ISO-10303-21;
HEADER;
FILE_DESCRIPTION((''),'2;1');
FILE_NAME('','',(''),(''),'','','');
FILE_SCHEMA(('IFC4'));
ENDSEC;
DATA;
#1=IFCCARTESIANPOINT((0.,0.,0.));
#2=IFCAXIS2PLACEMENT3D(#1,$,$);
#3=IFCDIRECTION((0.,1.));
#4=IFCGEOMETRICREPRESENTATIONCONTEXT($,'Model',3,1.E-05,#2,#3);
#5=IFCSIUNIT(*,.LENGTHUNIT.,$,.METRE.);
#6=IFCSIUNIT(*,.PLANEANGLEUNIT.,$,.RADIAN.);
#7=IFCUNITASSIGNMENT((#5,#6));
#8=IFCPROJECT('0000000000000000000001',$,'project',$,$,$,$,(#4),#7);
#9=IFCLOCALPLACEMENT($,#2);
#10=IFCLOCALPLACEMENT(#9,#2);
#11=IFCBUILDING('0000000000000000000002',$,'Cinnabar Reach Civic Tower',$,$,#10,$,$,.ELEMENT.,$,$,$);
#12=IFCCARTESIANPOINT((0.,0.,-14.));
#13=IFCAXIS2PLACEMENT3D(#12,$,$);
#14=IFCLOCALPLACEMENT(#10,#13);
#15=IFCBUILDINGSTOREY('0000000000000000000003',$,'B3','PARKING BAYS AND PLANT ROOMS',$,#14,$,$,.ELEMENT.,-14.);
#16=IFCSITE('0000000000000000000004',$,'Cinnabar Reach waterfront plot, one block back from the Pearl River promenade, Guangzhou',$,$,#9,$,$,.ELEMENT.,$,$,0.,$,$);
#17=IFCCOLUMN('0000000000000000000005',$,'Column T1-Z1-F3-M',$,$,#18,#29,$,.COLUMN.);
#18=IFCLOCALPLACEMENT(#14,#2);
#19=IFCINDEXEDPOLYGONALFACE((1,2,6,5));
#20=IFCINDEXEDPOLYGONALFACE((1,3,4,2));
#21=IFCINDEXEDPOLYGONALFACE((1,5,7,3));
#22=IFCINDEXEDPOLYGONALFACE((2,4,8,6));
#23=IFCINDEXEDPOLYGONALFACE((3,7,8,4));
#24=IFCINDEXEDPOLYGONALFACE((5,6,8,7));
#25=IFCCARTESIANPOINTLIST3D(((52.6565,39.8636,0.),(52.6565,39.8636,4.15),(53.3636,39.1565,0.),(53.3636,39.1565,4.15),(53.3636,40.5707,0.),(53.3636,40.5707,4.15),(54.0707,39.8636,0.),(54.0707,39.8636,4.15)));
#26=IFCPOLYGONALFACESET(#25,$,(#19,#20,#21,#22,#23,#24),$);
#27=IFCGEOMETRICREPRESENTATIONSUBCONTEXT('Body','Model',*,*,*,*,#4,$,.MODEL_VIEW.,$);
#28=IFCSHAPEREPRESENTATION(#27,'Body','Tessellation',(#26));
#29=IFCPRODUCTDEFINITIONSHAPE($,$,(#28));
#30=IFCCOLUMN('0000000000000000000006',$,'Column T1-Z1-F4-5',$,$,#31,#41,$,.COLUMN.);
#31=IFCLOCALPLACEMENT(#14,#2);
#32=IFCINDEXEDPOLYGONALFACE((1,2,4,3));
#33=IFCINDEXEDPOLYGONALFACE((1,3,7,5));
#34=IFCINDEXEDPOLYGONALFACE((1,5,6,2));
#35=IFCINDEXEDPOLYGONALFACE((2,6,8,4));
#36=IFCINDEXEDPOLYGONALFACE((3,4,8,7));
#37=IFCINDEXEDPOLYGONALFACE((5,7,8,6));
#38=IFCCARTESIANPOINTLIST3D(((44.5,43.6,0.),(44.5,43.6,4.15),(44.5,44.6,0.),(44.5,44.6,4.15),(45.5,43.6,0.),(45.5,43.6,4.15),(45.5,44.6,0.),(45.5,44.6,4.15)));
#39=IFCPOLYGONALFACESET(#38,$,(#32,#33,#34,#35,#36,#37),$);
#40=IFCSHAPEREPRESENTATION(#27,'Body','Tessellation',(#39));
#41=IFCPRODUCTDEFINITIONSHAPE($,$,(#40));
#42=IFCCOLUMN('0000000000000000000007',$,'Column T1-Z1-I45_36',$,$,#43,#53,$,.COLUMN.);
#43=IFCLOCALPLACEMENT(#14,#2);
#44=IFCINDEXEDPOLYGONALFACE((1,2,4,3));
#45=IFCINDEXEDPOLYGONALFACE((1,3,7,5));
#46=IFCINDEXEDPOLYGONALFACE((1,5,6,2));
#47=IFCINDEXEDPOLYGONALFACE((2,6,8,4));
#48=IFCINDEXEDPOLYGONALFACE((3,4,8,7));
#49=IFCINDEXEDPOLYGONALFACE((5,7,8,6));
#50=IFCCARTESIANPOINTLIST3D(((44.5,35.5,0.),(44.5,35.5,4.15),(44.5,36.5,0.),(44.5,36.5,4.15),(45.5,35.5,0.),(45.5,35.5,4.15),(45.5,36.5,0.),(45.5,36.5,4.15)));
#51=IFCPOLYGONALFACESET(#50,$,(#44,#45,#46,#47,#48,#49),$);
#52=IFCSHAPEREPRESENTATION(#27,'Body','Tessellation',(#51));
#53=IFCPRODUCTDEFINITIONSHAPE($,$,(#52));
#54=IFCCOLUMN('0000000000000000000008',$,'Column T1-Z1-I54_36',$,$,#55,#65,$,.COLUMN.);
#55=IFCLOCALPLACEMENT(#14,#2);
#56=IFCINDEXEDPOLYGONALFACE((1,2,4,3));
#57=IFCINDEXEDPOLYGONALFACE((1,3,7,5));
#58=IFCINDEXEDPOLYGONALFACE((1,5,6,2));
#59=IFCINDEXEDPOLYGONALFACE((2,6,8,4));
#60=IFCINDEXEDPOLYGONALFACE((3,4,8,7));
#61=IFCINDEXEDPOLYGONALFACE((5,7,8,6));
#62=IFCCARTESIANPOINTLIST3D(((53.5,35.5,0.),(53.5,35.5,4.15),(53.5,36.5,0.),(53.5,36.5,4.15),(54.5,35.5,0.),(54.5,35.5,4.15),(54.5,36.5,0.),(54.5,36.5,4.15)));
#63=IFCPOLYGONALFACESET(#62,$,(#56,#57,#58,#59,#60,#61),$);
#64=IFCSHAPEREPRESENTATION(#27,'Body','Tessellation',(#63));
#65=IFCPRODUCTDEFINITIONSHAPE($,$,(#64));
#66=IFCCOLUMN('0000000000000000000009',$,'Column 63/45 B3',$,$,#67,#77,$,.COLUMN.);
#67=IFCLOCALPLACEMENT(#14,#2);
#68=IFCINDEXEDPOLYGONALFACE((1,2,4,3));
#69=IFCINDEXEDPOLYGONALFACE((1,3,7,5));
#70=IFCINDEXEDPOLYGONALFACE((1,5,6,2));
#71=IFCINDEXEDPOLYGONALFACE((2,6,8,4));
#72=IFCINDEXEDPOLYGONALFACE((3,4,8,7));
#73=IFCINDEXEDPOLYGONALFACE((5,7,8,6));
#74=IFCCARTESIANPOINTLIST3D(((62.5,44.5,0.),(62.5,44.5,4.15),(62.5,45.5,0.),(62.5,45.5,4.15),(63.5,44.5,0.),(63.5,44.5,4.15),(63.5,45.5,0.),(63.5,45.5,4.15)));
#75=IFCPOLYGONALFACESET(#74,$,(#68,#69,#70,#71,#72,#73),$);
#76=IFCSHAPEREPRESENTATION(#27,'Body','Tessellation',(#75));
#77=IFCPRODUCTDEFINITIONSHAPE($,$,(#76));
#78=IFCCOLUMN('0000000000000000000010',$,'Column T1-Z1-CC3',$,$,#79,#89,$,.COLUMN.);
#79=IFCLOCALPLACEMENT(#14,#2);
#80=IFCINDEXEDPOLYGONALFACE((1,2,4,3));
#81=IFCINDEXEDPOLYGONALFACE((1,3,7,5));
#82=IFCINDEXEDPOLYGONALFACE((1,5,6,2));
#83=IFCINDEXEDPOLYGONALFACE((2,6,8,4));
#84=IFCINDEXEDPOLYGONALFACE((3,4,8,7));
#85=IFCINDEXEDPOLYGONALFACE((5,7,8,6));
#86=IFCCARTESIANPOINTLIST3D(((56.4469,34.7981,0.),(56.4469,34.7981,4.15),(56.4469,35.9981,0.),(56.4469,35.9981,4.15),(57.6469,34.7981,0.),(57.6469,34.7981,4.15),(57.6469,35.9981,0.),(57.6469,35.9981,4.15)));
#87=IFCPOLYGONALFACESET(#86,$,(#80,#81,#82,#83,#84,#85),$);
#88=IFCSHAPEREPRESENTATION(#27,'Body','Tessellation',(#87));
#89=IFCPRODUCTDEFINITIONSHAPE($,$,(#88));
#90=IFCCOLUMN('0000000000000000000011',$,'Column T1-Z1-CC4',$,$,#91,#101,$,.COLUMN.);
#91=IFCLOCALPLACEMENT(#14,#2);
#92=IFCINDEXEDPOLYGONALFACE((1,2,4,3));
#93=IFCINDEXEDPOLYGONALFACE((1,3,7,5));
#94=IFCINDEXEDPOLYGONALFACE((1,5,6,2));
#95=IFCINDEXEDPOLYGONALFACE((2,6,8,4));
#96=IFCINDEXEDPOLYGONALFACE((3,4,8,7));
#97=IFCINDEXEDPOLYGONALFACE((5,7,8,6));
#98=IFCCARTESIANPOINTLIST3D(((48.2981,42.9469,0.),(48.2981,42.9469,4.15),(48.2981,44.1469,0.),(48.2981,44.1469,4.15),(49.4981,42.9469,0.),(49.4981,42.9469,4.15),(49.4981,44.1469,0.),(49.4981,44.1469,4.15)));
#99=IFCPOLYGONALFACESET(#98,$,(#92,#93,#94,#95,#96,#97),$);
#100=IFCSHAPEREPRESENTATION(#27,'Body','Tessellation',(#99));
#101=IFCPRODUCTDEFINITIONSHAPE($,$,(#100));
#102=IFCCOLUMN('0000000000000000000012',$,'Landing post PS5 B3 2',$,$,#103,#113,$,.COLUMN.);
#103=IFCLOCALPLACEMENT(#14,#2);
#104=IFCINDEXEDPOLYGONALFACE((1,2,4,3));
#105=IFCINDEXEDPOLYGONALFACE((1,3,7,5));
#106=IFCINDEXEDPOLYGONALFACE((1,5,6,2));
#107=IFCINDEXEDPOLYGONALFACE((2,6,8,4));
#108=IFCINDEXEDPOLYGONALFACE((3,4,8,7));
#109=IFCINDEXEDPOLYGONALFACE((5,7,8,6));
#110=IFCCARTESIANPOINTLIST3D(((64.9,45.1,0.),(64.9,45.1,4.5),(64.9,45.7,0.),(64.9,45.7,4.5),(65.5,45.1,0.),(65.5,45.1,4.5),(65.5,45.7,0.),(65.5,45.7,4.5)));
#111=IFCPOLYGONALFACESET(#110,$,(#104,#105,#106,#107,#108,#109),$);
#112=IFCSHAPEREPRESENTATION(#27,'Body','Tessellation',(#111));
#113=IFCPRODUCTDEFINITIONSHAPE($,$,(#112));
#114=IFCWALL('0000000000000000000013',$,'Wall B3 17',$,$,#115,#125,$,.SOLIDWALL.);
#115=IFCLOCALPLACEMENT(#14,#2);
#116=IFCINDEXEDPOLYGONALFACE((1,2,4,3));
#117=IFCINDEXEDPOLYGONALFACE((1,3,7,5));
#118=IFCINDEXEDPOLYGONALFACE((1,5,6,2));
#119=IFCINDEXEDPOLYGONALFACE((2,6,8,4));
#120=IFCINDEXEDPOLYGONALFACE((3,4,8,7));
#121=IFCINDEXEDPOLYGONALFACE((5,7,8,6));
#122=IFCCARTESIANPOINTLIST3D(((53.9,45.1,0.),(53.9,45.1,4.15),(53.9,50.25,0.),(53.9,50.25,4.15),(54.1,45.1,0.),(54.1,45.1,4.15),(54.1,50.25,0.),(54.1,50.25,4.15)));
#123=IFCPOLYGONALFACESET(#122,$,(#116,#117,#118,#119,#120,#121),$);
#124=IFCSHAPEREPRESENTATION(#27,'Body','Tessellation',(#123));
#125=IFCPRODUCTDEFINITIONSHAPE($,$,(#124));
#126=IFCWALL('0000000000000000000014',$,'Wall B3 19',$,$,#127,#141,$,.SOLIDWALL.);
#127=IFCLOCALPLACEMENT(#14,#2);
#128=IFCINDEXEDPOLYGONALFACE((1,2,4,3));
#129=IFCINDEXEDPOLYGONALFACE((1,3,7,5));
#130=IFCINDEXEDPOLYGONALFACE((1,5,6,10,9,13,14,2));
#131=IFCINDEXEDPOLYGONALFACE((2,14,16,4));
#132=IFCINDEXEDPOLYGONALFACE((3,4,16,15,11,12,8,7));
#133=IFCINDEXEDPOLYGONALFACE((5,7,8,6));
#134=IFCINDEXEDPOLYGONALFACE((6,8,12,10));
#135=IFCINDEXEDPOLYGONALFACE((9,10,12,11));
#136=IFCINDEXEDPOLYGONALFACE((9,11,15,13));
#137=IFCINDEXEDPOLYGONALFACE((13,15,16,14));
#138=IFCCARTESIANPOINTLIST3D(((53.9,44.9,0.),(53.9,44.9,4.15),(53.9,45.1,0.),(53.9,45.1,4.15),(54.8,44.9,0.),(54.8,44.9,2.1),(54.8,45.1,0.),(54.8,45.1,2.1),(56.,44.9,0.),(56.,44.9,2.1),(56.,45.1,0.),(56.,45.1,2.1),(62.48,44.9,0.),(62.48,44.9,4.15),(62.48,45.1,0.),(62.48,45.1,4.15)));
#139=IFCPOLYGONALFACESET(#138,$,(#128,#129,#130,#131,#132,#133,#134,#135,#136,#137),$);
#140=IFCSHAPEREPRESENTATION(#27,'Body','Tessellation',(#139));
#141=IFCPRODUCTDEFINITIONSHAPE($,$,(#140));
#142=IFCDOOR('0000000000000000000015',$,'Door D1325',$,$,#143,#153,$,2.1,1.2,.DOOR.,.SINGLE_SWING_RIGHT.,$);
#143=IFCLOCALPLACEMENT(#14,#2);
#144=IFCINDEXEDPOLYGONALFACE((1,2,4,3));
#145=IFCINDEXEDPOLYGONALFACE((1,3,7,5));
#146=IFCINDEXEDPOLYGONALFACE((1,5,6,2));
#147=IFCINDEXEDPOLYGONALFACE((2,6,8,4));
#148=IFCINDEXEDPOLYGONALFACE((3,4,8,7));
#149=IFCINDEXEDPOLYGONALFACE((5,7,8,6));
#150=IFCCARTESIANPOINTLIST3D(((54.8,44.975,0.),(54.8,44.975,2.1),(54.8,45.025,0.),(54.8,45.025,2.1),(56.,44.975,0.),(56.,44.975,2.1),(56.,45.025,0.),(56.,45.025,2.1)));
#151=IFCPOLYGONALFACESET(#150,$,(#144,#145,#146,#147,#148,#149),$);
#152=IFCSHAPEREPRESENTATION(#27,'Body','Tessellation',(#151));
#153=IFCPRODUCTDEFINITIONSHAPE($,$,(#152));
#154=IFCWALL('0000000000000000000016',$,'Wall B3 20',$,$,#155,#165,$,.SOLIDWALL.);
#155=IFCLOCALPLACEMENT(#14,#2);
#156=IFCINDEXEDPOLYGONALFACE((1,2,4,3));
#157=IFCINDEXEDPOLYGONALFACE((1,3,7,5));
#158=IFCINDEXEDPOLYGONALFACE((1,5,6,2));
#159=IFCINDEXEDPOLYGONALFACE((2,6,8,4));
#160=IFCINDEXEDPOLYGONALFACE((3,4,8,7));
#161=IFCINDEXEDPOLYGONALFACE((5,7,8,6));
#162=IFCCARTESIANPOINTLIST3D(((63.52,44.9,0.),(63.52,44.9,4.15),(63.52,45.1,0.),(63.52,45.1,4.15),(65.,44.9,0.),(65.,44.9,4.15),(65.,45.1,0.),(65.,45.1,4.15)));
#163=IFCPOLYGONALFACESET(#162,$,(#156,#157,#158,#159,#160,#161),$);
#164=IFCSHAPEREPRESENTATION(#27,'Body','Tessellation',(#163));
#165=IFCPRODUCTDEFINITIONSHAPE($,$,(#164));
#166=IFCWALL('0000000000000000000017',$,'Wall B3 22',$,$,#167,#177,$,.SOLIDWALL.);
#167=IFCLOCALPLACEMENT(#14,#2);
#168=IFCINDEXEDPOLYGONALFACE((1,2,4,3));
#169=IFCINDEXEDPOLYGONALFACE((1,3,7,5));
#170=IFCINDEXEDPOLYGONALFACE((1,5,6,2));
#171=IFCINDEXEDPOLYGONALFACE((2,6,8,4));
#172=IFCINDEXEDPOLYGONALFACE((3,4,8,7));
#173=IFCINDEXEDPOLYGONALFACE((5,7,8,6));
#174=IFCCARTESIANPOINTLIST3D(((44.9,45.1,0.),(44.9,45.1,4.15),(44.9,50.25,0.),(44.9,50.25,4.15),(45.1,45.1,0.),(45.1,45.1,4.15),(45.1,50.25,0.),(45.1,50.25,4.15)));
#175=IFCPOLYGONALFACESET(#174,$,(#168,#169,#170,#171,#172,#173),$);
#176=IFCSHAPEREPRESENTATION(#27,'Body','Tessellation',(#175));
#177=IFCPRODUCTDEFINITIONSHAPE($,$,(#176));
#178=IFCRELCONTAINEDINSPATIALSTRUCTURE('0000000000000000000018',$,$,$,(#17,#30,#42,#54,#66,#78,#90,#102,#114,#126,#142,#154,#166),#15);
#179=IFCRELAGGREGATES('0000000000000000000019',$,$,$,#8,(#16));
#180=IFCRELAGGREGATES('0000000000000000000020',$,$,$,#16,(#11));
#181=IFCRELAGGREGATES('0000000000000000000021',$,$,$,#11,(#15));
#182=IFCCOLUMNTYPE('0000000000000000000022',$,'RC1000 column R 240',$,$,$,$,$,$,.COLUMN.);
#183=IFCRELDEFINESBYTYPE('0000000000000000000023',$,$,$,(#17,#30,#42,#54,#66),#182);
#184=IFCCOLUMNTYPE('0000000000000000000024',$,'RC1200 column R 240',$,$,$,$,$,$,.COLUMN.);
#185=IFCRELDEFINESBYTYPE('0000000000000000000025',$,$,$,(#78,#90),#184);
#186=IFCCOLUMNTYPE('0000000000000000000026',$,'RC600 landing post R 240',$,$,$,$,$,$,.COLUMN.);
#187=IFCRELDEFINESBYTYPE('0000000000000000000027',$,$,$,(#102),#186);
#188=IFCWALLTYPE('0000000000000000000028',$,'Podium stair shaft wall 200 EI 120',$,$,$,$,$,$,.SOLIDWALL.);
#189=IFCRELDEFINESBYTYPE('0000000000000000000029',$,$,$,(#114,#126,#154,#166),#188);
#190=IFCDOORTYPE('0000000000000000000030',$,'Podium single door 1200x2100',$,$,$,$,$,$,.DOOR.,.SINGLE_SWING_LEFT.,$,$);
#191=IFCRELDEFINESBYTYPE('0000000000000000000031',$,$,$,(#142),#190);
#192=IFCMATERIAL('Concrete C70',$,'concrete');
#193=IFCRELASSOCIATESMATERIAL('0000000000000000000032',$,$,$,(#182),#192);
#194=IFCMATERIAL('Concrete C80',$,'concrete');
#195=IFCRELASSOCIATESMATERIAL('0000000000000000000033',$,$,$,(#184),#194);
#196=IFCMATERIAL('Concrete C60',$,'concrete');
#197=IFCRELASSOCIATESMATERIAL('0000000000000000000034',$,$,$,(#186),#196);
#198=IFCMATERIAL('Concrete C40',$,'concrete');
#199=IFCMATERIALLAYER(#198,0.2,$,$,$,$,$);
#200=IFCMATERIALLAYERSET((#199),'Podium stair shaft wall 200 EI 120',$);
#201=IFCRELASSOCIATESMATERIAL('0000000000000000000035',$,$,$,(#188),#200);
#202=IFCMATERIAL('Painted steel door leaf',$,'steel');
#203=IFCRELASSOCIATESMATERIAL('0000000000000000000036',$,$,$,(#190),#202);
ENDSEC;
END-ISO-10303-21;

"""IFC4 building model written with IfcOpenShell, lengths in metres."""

from ifc_helpers import new_model, si_unit, direction, frame, frame_2d, origin, origin_2d, place, context, subcontext, project, spatial, rectangle, extrude, material, layer, layer_set, material_profile, profile_set, type_object, element, fill, save


model = new_model("IFC4")

# Units and contexts
model_context = context("Model", 3, precision=1e-05, world=origin(), true_north=direction((0.0, 1.0)))
body_context = subcontext(model_context, "Body", "Model", "MODEL_VIEW")
ifc_project = project(units=[si_unit("LENGTHUNIT", "METRE"), si_unit("PLANEANGLEUNIT", "RADIAN")], contexts=[model_context])

# Site, building, storey
site_placement = place(None, origin())
site = spatial("IfcSite", under=ifc_project, at=site_placement, Name="Cinnabar Reach waterfront plot, one block back from the Pearl River promenade, Guangzhou", CompositionType="ELEMENT", RefElevation=0.0)
building_placement = place(site_placement, origin())
building = spatial("IfcBuilding", under=site, at=building_placement, Name="Cinnabar Reach Civic Tower", CompositionType="ELEMENT")
storey_placement = place(building_placement, frame((0.0, 0.0, -14.0)))
storey = spatial("IfcBuildingStorey", under=building, at=storey_placement, Name="B3", Description="PARKING BAYS AND PLANT ROOMS", CompositionType="ELEMENT", Elevation=-14.0)

# Shared definitions
ifc_material_1 = material(Name="Concrete C40", Category="concrete")

# Columns
ifc_material_2 = material(Name="Concrete C70", Category="concrete")
ifc_material_profile_1 = material_profile(ifc_material_2, rectangle(XDim=1.0, YDim=1.0, at=origin_2d()), Name="RC1000")
ifc_profile_set_1 = profile_set([ifc_material_profile_1], Name="Concrete C70")
column_type_1 = type_object("IfcColumnType", Name="RC1000 column R 240", PredefinedType="COLUMN", material=ifc_profile_set_1)
for number, where, z_axis, x_axis, name in (
    (1, (53.3636, 39.8636, 0.0), (0.0, 0.0, 1.0), (0.707107, 0.707107, 0.0), "Column T1-Z1-F3-M"),
    (2, (45.0, 44.1, 0.0), (0.0, 0.0, 1.0), (1.0, 0.0, 0.0), "Column T1-Z1-F4-5"),
    (3, (45.0, 36.0, 0.0), (0.0, 0.0, 1.0), (1.0, 0.0, 0.0), "Column T1-Z1-I45_36"),
    (4, (54.0, 36.0, 0.0), (0.0, 0.0, 1.0), (1.0, 0.0, 0.0), "Column T1-Z1-I54_36"),
    (5, (63.0, 45.0, 0.0), (0.0, 0.0, 1.0), (1.0, 0.0, 0.0), "Column 63/45 B3"),
):
    element("IfcColumn", number, at=place(storey_placement, frame(where, z_axis=z_axis, x_axis=x_axis)), inside=storey, type_object=column_type_1, Name=name, PredefinedType="COLUMN", context=body_context, shape_type="SweptSolid", body=[
        extrude(rectangle(XDim=1.0, YDim=1.0, at=origin_2d()), origin(), (0.0, 0.0, 1.0), 4.15),
    ])
ifc_material_3 = material(Name="Concrete C80", Category="concrete")
ifc_material_profile_2 = material_profile(ifc_material_3, rectangle(XDim=1.2, YDim=1.2, at=origin_2d()), Name="RC1200")
ifc_profile_set_2 = profile_set([ifc_material_profile_2], Name="Concrete C80")
column_type_2 = type_object("IfcColumnType", Name="RC1200 column R 240", PredefinedType="COLUMN", material=ifc_profile_set_2)
for number, where, z_axis, x_axis, name in (
    (6, (57.0469, 35.3981, 0.0), (0.0, 0.0, 1.0), (1.0, 0.0, 0.0), "Column T1-Z1-CC3"),
    (7, (48.8981, 43.5469, 0.0), (0.0, 0.0, 1.0), (1.0, 0.0, 0.0), "Column T1-Z1-CC4"),
):
    element("IfcColumn", number, at=place(storey_placement, frame(where, z_axis=z_axis, x_axis=x_axis)), inside=storey, type_object=column_type_2, Name=name, PredefinedType="COLUMN", context=body_context, shape_type="SweptSolid", body=[
        extrude(rectangle(XDim=1.2, YDim=1.2, at=origin_2d()), origin(), (0.0, 0.0, 1.0), 4.15),
    ])
ifc_material_4 = material(Name="Concrete C60", Category="concrete")
ifc_material_profile_3 = material_profile(ifc_material_4, rectangle(XDim=0.6, YDim=0.6, at=origin_2d()), Name="RC600")
ifc_profile_set_3 = profile_set([ifc_material_profile_3], Name="Concrete C60")
column_type_3 = type_object("IfcColumnType", Name="RC600 landing post R 240", PredefinedType="COLUMN", material=ifc_profile_set_3)
column_placement = place(storey_placement, frame((65.2, 45.4, 0.0), z_axis=(0.0, 0.0, 1.0), x_axis=(1.0, 0.0, 0.0)))
element("IfcColumn", 8, at=column_placement, inside=storey, type_object=column_type_3, Name="Landing post PS5 B3 2", PredefinedType="COLUMN", context=body_context, shape_type="SweptSolid", body=[
    extrude(rectangle(XDim=0.6, YDim=0.6, at=origin_2d()), origin(), (0.0, 0.0, 1.0), 4.5),
])

# Wall
ifc_layer = layer(ifc_material_1, 0.2)
ifc_layer_set = layer_set([ifc_layer], Name="Podium stair shaft wall 200 EI 120")
wall_type = type_object("IfcWallType", Name="Podium stair shaft wall 200 EI 120", PredefinedType="SOLIDWALL", material=ifc_layer_set)
wall_1_placement = place(storey_placement, frame((54.0, 45.1, 0.0), z_axis=(0.0, 0.0, 1.0), x_axis=(0.0, 1.0, 0.0)))
element("IfcWall", 9, at=wall_1_placement, inside=storey, type_object=wall_type, Name="Wall B3 17", PredefinedType="SOLIDWALL", context=body_context, shape_type="SweptSolid", body=[
    extrude(rectangle(XDim=5.15, YDim=0.2, at=frame_2d((2.575, 0.0))), origin(), (0.0, 0.0, 1.0), 4.15),
])

# Wall, opening, door
wall_2_placement = place(storey_placement, frame((53.9, 45.0, 0.0), z_axis=(0.0, 0.0, 1.0), x_axis=(1.0, 0.0, 0.0)))
wall_2 = element("IfcWall", 10, at=wall_2_placement, inside=storey, type_object=wall_type, Name="Wall B3 19", PredefinedType="SOLIDWALL", context=body_context, shape_type="SweptSolid", body=[
    extrude(rectangle(XDim=8.58, YDim=0.2, at=frame_2d((4.29, 0.0))), origin(), (0.0, 0.0, 1.0), 4.15),
])
opening_placement = place(wall_2_placement, frame((0.9, 0.0, 0.0)))
opening = element("IfcOpeningElement", 11, at=opening_placement, cuts=wall_2, PredefinedType="OPENING", context=body_context, shape_type="SweptSolid", body=[
    extrude(rectangle(XDim=1.2, YDim=2.1, at=frame_2d((0.6, 1.05))), frame((0.0, 0.11, 0.0), z_axis=(0.0, -1.0, 0.0), x_axis=(1.0, 0.0, 0.0)), (0.0, 0.0, 1.0), 0.22),
])
ifc_material_5 = material(Name="Painted steel door leaf", Category="steel")
door_type = type_object("IfcDoorType", Name="Podium single door 1200x2100", OperationType="SINGLE_SWING_LEFT", PredefinedType="DOOR", material=ifc_material_5)
door_placement = place(opening_placement, origin())
door = element("IfcDoor", 12, at=door_placement, inside=storey, type_object=door_type, Name="Door D1325", OperationType="SINGLE_SWING_RIGHT", OverallHeight=2.1, OverallWidth=1.2, PredefinedType="DOOR", context=body_context, shape_type="SweptSolid", body=[
    extrude(rectangle(XDim=1.2, YDim=2.1, at=frame_2d((0.6, 1.05))), frame((0.0, 0.025, 0.0), z_axis=(0.0, -1.0, 0.0), x_axis=(1.0, 0.0, 0.0)), (0.0, 0.0, 1.0), 0.05),
])
fill(opening, door)

# Walls
wall_3_placement = place(storey_placement, frame((63.52, 45.0, 0.0), z_axis=(0.0, 0.0, 1.0), x_axis=(1.0, 0.0, 0.0)))
element("IfcWall", 13, at=wall_3_placement, inside=storey, type_object=wall_type, Name="Wall B3 20", PredefinedType="SOLIDWALL", context=body_context, shape_type="SweptSolid", body=[
    extrude(rectangle(XDim=1.48, YDim=0.2, at=frame_2d((0.74, 0.0))), origin(), (0.0, 0.0, 1.0), 4.15),
])
wall_4_placement = place(storey_placement, frame((45.0, 45.1, 0.0), z_axis=(0.0, 0.0, 1.0), x_axis=(0.0, 1.0, 0.0)))
element("IfcWall", 14, at=wall_4_placement, inside=storey, type_object=wall_type, Name="Wall B3 22", PredefinedType="SOLIDWALL", context=body_context, shape_type="SweptSolid", body=[
    extrude(rectangle(XDim=5.15, YDim=0.2, at=frame_2d((2.575, 0.0))), origin(), (0.0, 0.0, 1.0), 4.15),
])

save(model, "model.ifc")
